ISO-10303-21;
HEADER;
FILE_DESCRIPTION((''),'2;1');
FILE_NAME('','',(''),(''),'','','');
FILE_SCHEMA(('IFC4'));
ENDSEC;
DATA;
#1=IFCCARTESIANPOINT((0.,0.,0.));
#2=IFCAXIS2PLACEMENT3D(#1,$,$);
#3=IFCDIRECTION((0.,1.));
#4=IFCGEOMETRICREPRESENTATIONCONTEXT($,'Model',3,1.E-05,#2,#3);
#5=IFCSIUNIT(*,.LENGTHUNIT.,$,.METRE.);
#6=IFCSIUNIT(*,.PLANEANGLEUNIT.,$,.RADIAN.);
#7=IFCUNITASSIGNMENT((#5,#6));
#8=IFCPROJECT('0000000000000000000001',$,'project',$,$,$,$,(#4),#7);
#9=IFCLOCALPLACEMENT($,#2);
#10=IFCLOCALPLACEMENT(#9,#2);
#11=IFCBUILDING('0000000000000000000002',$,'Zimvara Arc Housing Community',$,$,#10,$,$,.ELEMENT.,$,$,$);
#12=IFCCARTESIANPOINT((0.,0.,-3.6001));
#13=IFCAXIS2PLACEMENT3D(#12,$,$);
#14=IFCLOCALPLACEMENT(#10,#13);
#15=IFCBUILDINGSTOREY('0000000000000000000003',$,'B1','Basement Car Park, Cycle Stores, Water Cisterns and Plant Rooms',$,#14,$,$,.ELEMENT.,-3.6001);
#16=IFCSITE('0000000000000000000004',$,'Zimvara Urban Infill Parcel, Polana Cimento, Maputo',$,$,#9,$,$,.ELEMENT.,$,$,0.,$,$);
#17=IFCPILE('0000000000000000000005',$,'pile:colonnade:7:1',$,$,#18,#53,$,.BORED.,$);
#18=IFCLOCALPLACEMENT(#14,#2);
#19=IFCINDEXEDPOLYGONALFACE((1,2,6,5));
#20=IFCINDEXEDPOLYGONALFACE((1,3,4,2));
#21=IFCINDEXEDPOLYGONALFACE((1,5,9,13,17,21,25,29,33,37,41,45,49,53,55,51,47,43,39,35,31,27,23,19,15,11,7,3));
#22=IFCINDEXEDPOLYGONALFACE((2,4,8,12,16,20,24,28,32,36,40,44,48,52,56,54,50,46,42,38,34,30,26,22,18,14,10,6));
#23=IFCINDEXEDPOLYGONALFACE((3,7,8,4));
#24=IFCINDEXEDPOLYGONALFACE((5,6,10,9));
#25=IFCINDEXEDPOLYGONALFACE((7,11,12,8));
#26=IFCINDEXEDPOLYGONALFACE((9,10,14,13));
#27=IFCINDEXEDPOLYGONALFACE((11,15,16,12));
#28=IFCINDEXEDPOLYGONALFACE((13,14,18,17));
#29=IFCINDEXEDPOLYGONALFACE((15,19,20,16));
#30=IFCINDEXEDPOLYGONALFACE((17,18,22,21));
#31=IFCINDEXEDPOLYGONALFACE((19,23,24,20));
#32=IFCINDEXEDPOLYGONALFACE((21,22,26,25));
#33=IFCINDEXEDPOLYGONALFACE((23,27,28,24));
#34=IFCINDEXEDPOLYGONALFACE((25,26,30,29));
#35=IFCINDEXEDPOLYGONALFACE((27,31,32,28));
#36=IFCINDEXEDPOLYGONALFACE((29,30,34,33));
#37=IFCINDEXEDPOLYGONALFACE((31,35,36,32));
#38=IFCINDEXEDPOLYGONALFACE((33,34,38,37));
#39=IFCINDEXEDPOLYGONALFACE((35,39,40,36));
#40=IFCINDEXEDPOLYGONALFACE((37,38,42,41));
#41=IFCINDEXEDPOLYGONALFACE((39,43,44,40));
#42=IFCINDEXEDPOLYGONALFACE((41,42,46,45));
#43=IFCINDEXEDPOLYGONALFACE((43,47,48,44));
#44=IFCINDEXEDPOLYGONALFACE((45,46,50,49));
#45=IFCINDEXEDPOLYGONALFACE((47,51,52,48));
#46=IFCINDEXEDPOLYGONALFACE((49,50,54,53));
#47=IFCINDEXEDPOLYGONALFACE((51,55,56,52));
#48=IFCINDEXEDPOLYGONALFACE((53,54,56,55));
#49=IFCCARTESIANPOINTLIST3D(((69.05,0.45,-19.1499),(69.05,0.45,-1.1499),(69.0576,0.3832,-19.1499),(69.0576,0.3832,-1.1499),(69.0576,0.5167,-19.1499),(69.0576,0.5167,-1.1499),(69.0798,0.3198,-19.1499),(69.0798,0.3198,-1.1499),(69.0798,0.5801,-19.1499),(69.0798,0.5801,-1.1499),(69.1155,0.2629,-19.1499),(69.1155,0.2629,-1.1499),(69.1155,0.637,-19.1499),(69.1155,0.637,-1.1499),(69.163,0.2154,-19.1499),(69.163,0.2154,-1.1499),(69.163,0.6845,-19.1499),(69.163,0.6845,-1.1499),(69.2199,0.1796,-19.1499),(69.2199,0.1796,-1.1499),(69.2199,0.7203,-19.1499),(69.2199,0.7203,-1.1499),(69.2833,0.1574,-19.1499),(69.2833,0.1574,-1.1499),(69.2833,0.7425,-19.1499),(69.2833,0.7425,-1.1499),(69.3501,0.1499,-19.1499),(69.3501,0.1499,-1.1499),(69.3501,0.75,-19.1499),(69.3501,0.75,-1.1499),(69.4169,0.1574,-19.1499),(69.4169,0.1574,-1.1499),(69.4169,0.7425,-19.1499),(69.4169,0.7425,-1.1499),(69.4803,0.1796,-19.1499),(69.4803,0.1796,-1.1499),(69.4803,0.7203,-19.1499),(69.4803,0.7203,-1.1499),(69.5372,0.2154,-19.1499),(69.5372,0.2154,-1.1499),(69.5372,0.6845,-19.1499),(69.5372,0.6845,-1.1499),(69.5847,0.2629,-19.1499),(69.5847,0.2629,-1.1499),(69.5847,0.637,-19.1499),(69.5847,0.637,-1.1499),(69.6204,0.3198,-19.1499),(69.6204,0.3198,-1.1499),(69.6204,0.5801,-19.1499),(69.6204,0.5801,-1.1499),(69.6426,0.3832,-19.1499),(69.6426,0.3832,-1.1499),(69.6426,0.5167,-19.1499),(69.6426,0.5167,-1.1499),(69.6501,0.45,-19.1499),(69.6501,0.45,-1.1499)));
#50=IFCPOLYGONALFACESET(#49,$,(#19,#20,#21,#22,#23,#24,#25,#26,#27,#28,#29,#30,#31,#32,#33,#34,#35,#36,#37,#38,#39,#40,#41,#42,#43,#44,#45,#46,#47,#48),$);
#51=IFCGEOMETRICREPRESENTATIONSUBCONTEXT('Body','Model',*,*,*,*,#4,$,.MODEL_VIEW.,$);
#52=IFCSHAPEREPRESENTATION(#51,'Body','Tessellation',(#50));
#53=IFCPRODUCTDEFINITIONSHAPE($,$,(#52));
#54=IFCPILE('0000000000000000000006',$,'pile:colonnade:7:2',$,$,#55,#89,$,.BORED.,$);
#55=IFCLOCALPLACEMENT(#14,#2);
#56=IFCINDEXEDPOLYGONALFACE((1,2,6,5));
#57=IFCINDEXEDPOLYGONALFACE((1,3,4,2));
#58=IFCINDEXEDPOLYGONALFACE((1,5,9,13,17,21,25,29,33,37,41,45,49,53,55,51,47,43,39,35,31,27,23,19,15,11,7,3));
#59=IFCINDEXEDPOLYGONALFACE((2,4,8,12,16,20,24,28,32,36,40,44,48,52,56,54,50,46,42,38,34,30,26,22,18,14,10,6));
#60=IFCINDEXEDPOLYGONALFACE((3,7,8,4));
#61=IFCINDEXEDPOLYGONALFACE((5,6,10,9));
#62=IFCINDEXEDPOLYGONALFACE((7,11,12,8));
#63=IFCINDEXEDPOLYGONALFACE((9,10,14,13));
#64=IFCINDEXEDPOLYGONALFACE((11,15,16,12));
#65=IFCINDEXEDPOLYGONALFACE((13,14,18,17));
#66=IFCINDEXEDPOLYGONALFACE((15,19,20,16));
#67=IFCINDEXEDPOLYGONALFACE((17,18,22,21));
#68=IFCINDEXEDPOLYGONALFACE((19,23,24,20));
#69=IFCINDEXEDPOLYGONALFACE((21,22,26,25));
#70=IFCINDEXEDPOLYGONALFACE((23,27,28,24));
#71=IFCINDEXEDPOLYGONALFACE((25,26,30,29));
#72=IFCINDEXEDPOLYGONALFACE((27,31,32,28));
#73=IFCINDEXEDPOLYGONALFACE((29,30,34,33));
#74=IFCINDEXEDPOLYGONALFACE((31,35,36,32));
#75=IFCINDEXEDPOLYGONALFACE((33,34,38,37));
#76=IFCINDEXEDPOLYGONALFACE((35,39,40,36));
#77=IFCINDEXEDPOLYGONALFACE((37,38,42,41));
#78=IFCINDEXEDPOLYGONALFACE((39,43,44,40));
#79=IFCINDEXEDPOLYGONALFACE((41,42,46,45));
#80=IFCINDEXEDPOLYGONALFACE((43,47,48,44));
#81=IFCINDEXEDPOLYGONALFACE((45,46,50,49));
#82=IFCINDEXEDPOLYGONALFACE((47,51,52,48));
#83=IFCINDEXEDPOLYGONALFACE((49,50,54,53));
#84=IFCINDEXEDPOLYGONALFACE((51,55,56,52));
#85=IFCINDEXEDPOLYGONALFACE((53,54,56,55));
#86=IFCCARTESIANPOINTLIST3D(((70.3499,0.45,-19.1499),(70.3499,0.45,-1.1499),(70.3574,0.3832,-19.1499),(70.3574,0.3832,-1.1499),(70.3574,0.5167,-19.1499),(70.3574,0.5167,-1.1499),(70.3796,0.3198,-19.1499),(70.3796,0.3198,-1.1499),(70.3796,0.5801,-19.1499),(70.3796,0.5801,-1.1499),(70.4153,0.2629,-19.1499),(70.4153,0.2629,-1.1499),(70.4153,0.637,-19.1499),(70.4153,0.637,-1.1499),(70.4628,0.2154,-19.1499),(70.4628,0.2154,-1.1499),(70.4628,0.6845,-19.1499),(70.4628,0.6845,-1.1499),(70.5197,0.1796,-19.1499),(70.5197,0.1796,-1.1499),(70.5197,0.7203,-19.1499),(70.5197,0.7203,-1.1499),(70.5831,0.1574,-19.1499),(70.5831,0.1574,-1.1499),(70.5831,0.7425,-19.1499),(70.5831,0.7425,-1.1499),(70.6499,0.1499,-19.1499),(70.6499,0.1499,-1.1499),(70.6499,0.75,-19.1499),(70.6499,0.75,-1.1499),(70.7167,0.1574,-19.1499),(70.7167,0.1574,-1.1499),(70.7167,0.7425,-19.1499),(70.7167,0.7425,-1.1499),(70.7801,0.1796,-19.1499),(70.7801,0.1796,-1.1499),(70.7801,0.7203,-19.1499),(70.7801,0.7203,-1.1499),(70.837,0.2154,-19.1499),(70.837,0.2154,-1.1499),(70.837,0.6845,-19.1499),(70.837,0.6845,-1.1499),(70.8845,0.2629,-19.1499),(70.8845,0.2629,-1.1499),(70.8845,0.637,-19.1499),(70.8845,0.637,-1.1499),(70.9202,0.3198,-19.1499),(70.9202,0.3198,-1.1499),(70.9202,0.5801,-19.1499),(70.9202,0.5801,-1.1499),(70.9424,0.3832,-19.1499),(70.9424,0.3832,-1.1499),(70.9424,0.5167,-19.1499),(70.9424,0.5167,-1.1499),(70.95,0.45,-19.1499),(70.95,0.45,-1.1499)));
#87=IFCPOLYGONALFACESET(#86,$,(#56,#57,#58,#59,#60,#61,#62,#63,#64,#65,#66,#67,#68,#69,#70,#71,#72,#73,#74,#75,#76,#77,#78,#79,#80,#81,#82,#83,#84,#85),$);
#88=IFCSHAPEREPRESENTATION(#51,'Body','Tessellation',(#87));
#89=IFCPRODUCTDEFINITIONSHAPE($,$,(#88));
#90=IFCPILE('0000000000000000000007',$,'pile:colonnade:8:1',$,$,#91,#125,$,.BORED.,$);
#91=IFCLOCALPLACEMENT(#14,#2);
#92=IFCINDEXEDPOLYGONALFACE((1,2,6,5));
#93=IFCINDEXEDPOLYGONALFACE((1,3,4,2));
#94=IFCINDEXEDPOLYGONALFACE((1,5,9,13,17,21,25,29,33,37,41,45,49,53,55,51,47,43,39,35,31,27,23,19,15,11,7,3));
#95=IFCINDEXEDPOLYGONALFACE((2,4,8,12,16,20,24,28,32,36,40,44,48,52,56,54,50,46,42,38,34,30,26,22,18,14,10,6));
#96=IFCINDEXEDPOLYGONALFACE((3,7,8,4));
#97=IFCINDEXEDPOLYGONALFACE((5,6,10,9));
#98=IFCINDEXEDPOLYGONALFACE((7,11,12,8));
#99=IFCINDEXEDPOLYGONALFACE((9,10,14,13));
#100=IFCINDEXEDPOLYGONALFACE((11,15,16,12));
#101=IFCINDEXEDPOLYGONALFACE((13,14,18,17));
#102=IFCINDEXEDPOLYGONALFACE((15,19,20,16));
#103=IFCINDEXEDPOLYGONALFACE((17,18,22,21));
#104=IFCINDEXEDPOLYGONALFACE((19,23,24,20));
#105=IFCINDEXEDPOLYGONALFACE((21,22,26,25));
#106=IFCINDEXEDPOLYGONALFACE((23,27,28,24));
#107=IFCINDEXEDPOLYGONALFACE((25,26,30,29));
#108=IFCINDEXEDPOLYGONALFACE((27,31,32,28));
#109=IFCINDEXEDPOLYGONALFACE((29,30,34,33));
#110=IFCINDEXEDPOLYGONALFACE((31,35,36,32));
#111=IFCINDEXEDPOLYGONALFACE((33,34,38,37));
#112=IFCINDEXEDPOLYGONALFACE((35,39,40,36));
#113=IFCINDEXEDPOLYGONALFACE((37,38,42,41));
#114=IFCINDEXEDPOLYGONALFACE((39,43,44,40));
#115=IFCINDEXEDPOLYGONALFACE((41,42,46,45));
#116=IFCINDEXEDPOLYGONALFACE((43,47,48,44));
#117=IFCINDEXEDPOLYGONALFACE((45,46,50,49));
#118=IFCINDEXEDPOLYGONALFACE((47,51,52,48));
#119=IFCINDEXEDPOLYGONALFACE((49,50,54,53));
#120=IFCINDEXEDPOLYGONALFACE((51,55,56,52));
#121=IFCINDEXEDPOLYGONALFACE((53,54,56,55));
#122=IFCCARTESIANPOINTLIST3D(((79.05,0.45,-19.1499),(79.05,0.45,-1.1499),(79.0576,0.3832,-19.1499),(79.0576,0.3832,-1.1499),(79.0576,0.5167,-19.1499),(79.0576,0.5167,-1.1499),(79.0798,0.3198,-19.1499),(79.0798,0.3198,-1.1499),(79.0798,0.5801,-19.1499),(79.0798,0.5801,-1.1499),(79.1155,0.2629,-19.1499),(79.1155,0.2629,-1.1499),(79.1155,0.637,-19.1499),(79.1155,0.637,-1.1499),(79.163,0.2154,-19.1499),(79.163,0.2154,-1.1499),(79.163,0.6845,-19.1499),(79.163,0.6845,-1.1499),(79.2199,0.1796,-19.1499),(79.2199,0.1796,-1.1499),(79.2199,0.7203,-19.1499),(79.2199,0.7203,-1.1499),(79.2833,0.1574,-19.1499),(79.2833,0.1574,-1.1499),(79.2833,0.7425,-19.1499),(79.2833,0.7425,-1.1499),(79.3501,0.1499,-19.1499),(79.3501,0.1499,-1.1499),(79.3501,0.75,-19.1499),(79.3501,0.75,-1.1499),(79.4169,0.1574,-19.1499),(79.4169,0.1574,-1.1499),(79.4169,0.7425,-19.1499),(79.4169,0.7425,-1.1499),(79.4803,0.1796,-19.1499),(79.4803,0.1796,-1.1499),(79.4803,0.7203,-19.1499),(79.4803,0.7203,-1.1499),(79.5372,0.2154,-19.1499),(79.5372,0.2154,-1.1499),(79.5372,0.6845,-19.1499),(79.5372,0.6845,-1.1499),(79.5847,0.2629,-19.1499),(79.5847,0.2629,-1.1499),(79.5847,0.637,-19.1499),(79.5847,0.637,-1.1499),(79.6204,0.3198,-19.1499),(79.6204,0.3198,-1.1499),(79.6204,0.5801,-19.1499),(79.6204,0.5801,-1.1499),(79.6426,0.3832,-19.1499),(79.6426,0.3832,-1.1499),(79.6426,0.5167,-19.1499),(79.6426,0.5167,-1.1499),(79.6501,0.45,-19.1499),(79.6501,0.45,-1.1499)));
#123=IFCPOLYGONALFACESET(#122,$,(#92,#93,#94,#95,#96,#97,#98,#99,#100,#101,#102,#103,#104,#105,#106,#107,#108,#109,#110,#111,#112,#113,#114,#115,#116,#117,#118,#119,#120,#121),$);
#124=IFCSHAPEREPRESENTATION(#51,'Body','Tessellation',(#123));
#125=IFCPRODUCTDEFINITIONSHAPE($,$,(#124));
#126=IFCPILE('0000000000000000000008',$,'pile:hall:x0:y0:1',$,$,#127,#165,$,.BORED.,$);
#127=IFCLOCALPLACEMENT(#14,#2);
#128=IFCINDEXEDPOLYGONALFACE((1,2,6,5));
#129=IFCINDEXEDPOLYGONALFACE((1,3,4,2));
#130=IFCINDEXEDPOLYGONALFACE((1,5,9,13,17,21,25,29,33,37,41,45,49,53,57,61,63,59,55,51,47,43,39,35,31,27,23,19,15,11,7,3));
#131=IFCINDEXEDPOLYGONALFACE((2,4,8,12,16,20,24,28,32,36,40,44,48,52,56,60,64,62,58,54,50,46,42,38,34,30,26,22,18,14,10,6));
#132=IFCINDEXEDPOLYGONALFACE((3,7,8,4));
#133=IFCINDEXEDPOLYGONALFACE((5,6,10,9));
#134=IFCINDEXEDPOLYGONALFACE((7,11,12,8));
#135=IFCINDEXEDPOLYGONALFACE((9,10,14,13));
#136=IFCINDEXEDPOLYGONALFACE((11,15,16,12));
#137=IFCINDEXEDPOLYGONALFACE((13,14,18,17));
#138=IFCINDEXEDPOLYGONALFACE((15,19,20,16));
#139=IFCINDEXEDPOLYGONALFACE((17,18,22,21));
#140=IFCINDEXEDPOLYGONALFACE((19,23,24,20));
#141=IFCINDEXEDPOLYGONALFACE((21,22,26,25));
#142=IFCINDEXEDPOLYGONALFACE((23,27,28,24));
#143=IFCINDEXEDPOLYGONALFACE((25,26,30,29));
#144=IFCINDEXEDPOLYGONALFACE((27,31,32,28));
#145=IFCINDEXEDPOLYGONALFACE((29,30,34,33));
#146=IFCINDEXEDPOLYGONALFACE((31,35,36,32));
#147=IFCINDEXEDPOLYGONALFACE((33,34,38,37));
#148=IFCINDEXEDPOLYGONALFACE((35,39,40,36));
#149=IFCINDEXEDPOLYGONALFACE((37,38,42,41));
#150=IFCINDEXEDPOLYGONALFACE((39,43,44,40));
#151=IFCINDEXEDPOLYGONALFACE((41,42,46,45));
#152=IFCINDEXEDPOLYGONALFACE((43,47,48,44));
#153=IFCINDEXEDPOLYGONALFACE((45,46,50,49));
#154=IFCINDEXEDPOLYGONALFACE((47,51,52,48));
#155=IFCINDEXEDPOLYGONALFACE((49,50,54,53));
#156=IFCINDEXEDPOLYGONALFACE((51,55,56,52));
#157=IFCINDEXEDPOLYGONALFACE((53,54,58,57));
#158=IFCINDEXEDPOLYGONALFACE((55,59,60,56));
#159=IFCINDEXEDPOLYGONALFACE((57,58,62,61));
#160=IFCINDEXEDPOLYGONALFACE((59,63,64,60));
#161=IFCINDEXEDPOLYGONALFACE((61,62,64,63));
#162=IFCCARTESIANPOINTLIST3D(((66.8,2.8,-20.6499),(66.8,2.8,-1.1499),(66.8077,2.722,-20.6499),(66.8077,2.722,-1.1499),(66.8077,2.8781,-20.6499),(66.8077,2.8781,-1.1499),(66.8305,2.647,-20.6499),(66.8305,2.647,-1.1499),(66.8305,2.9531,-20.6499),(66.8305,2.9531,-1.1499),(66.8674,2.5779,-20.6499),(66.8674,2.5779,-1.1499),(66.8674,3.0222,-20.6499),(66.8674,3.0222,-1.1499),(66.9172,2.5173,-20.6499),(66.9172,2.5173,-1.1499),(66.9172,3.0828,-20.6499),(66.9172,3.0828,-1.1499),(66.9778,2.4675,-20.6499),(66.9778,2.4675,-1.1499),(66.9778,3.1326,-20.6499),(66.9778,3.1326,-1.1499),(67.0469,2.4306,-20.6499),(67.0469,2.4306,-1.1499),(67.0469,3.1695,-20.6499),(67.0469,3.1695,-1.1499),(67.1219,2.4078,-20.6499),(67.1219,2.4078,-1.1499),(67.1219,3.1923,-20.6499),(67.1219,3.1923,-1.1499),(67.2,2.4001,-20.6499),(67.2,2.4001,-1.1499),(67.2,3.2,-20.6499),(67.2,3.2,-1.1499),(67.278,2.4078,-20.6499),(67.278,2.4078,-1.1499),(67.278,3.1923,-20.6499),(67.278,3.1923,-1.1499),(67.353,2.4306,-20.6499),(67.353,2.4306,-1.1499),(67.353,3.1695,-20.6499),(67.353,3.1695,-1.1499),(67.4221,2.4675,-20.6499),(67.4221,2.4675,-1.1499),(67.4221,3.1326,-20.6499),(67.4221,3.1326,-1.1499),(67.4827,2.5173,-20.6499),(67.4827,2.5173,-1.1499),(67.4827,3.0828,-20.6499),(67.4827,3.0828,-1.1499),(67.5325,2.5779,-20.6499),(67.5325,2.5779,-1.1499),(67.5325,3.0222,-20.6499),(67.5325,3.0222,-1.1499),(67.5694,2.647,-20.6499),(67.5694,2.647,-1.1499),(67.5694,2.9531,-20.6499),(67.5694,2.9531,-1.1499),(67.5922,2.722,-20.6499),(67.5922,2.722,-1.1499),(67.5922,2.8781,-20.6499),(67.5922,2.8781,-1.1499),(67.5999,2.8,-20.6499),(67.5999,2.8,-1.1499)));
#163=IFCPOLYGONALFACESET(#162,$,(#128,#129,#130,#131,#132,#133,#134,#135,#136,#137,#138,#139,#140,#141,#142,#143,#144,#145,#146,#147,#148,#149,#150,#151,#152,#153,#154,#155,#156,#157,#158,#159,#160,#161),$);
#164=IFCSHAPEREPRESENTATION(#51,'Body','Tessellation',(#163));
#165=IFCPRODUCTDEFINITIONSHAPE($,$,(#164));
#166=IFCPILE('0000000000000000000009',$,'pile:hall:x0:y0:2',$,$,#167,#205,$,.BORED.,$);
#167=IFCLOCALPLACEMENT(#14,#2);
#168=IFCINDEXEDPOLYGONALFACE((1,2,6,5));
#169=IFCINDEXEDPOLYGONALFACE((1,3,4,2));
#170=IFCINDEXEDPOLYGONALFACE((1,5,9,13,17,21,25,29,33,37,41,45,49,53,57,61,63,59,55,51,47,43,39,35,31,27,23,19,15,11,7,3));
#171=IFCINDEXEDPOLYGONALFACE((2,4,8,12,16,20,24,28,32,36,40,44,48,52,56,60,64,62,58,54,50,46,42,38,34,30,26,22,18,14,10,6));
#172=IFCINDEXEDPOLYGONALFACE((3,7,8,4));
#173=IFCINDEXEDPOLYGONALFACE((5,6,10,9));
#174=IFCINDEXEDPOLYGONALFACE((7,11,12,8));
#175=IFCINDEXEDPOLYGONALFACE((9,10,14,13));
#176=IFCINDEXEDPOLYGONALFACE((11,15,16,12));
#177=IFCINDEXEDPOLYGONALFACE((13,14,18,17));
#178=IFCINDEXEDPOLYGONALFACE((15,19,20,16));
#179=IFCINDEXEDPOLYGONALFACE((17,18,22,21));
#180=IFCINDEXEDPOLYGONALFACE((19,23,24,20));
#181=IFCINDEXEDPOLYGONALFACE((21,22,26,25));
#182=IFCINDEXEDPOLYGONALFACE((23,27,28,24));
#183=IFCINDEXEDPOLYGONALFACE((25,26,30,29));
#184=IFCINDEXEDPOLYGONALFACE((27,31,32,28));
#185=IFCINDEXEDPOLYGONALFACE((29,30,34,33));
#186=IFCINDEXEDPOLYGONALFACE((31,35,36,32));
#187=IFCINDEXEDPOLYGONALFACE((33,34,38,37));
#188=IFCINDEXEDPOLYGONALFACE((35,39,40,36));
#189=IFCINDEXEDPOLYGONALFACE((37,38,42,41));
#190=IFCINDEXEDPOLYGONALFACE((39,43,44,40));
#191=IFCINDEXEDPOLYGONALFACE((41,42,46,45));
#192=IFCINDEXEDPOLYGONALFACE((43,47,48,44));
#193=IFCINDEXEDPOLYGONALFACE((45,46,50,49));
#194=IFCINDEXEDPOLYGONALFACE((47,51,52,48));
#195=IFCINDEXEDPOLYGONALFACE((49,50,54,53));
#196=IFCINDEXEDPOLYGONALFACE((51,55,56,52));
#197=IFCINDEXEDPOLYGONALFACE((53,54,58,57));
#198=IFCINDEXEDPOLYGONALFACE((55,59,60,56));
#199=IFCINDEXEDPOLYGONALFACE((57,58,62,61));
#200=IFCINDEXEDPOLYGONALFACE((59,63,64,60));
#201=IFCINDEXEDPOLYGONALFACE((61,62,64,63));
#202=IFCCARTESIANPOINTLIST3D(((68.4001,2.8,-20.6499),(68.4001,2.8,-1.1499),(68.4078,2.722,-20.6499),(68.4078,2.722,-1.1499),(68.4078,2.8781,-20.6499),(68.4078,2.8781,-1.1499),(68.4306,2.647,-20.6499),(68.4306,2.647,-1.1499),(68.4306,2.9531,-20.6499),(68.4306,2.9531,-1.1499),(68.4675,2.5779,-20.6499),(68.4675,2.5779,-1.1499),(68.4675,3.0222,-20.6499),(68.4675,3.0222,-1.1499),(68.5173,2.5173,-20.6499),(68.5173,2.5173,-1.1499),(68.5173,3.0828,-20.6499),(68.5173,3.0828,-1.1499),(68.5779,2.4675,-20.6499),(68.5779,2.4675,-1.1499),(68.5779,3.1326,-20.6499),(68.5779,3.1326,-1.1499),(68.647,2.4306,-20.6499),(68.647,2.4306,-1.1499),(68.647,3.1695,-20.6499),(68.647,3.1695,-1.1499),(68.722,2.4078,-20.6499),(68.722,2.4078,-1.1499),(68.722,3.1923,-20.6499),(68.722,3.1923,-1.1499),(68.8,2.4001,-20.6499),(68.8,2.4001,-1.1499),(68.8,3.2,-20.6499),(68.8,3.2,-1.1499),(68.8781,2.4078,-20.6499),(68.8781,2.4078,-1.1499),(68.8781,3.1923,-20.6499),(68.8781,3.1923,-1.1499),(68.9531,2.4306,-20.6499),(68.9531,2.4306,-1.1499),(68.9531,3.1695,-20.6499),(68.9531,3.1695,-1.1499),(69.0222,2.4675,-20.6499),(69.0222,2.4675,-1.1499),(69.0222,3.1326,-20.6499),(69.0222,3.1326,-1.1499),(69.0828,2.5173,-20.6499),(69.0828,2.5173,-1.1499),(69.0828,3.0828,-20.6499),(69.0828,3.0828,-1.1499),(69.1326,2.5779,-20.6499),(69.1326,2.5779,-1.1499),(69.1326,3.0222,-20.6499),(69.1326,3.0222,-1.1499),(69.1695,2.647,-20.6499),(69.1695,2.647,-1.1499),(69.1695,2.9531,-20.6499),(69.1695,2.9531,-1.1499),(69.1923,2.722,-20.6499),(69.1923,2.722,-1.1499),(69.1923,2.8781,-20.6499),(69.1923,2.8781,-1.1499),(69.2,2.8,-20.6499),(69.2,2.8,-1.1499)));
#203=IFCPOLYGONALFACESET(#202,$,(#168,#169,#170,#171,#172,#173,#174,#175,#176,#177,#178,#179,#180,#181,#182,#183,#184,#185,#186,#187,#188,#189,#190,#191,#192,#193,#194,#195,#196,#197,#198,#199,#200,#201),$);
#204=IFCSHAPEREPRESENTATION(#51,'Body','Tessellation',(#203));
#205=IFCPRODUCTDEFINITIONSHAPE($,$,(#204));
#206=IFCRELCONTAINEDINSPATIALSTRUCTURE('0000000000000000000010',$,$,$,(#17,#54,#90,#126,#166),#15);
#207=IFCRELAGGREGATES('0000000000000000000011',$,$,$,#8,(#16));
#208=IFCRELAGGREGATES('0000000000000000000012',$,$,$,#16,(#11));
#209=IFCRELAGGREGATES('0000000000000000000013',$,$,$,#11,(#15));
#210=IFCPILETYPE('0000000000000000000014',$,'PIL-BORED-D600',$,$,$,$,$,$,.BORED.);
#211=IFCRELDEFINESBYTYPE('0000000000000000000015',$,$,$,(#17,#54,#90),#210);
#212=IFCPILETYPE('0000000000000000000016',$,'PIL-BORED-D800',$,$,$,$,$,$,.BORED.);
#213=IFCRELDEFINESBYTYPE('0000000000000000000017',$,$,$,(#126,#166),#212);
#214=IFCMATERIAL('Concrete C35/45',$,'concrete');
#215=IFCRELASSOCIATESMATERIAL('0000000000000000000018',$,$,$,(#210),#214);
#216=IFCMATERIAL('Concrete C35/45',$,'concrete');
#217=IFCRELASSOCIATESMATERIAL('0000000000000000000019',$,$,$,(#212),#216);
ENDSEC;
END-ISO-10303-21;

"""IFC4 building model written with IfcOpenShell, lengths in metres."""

from ifc_helpers import new_model, si_unit, direction, frame, origin, origin_2d, place, context, subcontext, project, spatial, circle, extrude, material, material_profile, profile_set, type_object, element, save


model = new_model("IFC4")

# Units and contexts
model_context = context("Model", 3, precision=1e-05, world=origin(), true_north=direction((0.0, 1.0)))
body_context = subcontext(model_context, "Body", "Model", "MODEL_VIEW")
ifc_project = project(units=[si_unit("LENGTHUNIT", "METRE"), si_unit("PLANEANGLEUNIT", "RADIAN")], contexts=[model_context])

# Site, building, storey
site_placement = place(None, origin())
site = spatial("IfcSite", under=ifc_project, at=site_placement, Name="Zimvara Urban Infill Parcel, Polana Cimento, Maputo", CompositionType="ELEMENT", RefElevation=0.0)
building_placement = place(site_placement, origin())
building = spatial("IfcBuilding", under=site, at=building_placement, Name="Zimvara Arc Housing Community", CompositionType="ELEMENT")
storey_placement = place(building_placement, frame((0.0, 0.0, -3.6001)))
storey = spatial("IfcBuildingStorey", under=building, at=storey_placement, Name="B1", Description="Basement Car Park, Cycle Stores, Water Cisterns and Plant Rooms", CompositionType="ELEMENT", Elevation=-3.6001)

# Piles
ifc_material_1 = material(Name="Concrete C35/45", Category="concrete")
ifc_material_profile_1 = material_profile(ifc_material_1, circle(Radius=0.3, at=origin_2d()), Name="PILE D600")
ifc_profile_set_1 = profile_set([ifc_material_profile_1], Name="Concrete C35/45")
pile_type_1 = type_object("IfcPileType", Name="PIL-BORED-D600", PredefinedType="BORED", material=ifc_profile_set_1)
for number, where, z_axis, x_axis, name in (
    (1, (69.3501, 0.45, -1.1499), (0.0, 0.0, -1.0), (1.0, 0.0, 0.0), "pile:colonnade:7:1"),
    (2, (70.6499, 0.45, -1.1499), (0.0, 0.0, -1.0), (1.0, 0.0, 0.0), "pile:colonnade:7:2"),
    (3, (79.3501, 0.45, -1.1499), (0.0, 0.0, -1.0), (1.0, 0.0, 0.0), "pile:colonnade:8:1"),
):
    element("IfcPile", number, at=place(storey_placement, frame(where, z_axis=z_axis, x_axis=x_axis)), inside=storey, type_object=pile_type_1, Name=name, PredefinedType="BORED", context=body_context, shape_type="SweptSolid", body=[
        extrude(circle(Radius=0.3, at=origin_2d()), origin(), (0.0, 0.0, 1.0), 18.0),
    ])
ifc_material_2 = material(Name="Concrete C35/45", Category="concrete")
ifc_material_profile_2 = material_profile(ifc_material_2, circle(Radius=0.3999, at=origin_2d()), Name="PILE D800")
ifc_profile_set_2 = profile_set([ifc_material_profile_2], Name="Concrete C35/45")
pile_type_2 = type_object("IfcPileType", Name="PIL-BORED-D800", PredefinedType="BORED", material=ifc_profile_set_2)
for number, where, z_axis, x_axis, name in (
    (4, (67.2, 2.8, -1.1499), (0.0, 0.0, -1.0), (1.0, 0.0, 0.0), "pile:hall:x0:y0:1"),
    (5, (68.8, 2.8, -1.1499), (0.0, 0.0, -1.0), (1.0, 0.0, 0.0), "pile:hall:x0:y0:2"),
):
    element("IfcPile", number, at=place(storey_placement, frame(where, z_axis=z_axis, x_axis=x_axis)), inside=storey, type_object=pile_type_2, Name=name, PredefinedType="BORED", context=body_context, shape_type="SweptSolid", body=[
        extrude(circle(Radius=0.3999, at=origin_2d()), origin(), (0.0, 0.0, 1.0), 19.5),
    ])

save(model, "model.ifc")
